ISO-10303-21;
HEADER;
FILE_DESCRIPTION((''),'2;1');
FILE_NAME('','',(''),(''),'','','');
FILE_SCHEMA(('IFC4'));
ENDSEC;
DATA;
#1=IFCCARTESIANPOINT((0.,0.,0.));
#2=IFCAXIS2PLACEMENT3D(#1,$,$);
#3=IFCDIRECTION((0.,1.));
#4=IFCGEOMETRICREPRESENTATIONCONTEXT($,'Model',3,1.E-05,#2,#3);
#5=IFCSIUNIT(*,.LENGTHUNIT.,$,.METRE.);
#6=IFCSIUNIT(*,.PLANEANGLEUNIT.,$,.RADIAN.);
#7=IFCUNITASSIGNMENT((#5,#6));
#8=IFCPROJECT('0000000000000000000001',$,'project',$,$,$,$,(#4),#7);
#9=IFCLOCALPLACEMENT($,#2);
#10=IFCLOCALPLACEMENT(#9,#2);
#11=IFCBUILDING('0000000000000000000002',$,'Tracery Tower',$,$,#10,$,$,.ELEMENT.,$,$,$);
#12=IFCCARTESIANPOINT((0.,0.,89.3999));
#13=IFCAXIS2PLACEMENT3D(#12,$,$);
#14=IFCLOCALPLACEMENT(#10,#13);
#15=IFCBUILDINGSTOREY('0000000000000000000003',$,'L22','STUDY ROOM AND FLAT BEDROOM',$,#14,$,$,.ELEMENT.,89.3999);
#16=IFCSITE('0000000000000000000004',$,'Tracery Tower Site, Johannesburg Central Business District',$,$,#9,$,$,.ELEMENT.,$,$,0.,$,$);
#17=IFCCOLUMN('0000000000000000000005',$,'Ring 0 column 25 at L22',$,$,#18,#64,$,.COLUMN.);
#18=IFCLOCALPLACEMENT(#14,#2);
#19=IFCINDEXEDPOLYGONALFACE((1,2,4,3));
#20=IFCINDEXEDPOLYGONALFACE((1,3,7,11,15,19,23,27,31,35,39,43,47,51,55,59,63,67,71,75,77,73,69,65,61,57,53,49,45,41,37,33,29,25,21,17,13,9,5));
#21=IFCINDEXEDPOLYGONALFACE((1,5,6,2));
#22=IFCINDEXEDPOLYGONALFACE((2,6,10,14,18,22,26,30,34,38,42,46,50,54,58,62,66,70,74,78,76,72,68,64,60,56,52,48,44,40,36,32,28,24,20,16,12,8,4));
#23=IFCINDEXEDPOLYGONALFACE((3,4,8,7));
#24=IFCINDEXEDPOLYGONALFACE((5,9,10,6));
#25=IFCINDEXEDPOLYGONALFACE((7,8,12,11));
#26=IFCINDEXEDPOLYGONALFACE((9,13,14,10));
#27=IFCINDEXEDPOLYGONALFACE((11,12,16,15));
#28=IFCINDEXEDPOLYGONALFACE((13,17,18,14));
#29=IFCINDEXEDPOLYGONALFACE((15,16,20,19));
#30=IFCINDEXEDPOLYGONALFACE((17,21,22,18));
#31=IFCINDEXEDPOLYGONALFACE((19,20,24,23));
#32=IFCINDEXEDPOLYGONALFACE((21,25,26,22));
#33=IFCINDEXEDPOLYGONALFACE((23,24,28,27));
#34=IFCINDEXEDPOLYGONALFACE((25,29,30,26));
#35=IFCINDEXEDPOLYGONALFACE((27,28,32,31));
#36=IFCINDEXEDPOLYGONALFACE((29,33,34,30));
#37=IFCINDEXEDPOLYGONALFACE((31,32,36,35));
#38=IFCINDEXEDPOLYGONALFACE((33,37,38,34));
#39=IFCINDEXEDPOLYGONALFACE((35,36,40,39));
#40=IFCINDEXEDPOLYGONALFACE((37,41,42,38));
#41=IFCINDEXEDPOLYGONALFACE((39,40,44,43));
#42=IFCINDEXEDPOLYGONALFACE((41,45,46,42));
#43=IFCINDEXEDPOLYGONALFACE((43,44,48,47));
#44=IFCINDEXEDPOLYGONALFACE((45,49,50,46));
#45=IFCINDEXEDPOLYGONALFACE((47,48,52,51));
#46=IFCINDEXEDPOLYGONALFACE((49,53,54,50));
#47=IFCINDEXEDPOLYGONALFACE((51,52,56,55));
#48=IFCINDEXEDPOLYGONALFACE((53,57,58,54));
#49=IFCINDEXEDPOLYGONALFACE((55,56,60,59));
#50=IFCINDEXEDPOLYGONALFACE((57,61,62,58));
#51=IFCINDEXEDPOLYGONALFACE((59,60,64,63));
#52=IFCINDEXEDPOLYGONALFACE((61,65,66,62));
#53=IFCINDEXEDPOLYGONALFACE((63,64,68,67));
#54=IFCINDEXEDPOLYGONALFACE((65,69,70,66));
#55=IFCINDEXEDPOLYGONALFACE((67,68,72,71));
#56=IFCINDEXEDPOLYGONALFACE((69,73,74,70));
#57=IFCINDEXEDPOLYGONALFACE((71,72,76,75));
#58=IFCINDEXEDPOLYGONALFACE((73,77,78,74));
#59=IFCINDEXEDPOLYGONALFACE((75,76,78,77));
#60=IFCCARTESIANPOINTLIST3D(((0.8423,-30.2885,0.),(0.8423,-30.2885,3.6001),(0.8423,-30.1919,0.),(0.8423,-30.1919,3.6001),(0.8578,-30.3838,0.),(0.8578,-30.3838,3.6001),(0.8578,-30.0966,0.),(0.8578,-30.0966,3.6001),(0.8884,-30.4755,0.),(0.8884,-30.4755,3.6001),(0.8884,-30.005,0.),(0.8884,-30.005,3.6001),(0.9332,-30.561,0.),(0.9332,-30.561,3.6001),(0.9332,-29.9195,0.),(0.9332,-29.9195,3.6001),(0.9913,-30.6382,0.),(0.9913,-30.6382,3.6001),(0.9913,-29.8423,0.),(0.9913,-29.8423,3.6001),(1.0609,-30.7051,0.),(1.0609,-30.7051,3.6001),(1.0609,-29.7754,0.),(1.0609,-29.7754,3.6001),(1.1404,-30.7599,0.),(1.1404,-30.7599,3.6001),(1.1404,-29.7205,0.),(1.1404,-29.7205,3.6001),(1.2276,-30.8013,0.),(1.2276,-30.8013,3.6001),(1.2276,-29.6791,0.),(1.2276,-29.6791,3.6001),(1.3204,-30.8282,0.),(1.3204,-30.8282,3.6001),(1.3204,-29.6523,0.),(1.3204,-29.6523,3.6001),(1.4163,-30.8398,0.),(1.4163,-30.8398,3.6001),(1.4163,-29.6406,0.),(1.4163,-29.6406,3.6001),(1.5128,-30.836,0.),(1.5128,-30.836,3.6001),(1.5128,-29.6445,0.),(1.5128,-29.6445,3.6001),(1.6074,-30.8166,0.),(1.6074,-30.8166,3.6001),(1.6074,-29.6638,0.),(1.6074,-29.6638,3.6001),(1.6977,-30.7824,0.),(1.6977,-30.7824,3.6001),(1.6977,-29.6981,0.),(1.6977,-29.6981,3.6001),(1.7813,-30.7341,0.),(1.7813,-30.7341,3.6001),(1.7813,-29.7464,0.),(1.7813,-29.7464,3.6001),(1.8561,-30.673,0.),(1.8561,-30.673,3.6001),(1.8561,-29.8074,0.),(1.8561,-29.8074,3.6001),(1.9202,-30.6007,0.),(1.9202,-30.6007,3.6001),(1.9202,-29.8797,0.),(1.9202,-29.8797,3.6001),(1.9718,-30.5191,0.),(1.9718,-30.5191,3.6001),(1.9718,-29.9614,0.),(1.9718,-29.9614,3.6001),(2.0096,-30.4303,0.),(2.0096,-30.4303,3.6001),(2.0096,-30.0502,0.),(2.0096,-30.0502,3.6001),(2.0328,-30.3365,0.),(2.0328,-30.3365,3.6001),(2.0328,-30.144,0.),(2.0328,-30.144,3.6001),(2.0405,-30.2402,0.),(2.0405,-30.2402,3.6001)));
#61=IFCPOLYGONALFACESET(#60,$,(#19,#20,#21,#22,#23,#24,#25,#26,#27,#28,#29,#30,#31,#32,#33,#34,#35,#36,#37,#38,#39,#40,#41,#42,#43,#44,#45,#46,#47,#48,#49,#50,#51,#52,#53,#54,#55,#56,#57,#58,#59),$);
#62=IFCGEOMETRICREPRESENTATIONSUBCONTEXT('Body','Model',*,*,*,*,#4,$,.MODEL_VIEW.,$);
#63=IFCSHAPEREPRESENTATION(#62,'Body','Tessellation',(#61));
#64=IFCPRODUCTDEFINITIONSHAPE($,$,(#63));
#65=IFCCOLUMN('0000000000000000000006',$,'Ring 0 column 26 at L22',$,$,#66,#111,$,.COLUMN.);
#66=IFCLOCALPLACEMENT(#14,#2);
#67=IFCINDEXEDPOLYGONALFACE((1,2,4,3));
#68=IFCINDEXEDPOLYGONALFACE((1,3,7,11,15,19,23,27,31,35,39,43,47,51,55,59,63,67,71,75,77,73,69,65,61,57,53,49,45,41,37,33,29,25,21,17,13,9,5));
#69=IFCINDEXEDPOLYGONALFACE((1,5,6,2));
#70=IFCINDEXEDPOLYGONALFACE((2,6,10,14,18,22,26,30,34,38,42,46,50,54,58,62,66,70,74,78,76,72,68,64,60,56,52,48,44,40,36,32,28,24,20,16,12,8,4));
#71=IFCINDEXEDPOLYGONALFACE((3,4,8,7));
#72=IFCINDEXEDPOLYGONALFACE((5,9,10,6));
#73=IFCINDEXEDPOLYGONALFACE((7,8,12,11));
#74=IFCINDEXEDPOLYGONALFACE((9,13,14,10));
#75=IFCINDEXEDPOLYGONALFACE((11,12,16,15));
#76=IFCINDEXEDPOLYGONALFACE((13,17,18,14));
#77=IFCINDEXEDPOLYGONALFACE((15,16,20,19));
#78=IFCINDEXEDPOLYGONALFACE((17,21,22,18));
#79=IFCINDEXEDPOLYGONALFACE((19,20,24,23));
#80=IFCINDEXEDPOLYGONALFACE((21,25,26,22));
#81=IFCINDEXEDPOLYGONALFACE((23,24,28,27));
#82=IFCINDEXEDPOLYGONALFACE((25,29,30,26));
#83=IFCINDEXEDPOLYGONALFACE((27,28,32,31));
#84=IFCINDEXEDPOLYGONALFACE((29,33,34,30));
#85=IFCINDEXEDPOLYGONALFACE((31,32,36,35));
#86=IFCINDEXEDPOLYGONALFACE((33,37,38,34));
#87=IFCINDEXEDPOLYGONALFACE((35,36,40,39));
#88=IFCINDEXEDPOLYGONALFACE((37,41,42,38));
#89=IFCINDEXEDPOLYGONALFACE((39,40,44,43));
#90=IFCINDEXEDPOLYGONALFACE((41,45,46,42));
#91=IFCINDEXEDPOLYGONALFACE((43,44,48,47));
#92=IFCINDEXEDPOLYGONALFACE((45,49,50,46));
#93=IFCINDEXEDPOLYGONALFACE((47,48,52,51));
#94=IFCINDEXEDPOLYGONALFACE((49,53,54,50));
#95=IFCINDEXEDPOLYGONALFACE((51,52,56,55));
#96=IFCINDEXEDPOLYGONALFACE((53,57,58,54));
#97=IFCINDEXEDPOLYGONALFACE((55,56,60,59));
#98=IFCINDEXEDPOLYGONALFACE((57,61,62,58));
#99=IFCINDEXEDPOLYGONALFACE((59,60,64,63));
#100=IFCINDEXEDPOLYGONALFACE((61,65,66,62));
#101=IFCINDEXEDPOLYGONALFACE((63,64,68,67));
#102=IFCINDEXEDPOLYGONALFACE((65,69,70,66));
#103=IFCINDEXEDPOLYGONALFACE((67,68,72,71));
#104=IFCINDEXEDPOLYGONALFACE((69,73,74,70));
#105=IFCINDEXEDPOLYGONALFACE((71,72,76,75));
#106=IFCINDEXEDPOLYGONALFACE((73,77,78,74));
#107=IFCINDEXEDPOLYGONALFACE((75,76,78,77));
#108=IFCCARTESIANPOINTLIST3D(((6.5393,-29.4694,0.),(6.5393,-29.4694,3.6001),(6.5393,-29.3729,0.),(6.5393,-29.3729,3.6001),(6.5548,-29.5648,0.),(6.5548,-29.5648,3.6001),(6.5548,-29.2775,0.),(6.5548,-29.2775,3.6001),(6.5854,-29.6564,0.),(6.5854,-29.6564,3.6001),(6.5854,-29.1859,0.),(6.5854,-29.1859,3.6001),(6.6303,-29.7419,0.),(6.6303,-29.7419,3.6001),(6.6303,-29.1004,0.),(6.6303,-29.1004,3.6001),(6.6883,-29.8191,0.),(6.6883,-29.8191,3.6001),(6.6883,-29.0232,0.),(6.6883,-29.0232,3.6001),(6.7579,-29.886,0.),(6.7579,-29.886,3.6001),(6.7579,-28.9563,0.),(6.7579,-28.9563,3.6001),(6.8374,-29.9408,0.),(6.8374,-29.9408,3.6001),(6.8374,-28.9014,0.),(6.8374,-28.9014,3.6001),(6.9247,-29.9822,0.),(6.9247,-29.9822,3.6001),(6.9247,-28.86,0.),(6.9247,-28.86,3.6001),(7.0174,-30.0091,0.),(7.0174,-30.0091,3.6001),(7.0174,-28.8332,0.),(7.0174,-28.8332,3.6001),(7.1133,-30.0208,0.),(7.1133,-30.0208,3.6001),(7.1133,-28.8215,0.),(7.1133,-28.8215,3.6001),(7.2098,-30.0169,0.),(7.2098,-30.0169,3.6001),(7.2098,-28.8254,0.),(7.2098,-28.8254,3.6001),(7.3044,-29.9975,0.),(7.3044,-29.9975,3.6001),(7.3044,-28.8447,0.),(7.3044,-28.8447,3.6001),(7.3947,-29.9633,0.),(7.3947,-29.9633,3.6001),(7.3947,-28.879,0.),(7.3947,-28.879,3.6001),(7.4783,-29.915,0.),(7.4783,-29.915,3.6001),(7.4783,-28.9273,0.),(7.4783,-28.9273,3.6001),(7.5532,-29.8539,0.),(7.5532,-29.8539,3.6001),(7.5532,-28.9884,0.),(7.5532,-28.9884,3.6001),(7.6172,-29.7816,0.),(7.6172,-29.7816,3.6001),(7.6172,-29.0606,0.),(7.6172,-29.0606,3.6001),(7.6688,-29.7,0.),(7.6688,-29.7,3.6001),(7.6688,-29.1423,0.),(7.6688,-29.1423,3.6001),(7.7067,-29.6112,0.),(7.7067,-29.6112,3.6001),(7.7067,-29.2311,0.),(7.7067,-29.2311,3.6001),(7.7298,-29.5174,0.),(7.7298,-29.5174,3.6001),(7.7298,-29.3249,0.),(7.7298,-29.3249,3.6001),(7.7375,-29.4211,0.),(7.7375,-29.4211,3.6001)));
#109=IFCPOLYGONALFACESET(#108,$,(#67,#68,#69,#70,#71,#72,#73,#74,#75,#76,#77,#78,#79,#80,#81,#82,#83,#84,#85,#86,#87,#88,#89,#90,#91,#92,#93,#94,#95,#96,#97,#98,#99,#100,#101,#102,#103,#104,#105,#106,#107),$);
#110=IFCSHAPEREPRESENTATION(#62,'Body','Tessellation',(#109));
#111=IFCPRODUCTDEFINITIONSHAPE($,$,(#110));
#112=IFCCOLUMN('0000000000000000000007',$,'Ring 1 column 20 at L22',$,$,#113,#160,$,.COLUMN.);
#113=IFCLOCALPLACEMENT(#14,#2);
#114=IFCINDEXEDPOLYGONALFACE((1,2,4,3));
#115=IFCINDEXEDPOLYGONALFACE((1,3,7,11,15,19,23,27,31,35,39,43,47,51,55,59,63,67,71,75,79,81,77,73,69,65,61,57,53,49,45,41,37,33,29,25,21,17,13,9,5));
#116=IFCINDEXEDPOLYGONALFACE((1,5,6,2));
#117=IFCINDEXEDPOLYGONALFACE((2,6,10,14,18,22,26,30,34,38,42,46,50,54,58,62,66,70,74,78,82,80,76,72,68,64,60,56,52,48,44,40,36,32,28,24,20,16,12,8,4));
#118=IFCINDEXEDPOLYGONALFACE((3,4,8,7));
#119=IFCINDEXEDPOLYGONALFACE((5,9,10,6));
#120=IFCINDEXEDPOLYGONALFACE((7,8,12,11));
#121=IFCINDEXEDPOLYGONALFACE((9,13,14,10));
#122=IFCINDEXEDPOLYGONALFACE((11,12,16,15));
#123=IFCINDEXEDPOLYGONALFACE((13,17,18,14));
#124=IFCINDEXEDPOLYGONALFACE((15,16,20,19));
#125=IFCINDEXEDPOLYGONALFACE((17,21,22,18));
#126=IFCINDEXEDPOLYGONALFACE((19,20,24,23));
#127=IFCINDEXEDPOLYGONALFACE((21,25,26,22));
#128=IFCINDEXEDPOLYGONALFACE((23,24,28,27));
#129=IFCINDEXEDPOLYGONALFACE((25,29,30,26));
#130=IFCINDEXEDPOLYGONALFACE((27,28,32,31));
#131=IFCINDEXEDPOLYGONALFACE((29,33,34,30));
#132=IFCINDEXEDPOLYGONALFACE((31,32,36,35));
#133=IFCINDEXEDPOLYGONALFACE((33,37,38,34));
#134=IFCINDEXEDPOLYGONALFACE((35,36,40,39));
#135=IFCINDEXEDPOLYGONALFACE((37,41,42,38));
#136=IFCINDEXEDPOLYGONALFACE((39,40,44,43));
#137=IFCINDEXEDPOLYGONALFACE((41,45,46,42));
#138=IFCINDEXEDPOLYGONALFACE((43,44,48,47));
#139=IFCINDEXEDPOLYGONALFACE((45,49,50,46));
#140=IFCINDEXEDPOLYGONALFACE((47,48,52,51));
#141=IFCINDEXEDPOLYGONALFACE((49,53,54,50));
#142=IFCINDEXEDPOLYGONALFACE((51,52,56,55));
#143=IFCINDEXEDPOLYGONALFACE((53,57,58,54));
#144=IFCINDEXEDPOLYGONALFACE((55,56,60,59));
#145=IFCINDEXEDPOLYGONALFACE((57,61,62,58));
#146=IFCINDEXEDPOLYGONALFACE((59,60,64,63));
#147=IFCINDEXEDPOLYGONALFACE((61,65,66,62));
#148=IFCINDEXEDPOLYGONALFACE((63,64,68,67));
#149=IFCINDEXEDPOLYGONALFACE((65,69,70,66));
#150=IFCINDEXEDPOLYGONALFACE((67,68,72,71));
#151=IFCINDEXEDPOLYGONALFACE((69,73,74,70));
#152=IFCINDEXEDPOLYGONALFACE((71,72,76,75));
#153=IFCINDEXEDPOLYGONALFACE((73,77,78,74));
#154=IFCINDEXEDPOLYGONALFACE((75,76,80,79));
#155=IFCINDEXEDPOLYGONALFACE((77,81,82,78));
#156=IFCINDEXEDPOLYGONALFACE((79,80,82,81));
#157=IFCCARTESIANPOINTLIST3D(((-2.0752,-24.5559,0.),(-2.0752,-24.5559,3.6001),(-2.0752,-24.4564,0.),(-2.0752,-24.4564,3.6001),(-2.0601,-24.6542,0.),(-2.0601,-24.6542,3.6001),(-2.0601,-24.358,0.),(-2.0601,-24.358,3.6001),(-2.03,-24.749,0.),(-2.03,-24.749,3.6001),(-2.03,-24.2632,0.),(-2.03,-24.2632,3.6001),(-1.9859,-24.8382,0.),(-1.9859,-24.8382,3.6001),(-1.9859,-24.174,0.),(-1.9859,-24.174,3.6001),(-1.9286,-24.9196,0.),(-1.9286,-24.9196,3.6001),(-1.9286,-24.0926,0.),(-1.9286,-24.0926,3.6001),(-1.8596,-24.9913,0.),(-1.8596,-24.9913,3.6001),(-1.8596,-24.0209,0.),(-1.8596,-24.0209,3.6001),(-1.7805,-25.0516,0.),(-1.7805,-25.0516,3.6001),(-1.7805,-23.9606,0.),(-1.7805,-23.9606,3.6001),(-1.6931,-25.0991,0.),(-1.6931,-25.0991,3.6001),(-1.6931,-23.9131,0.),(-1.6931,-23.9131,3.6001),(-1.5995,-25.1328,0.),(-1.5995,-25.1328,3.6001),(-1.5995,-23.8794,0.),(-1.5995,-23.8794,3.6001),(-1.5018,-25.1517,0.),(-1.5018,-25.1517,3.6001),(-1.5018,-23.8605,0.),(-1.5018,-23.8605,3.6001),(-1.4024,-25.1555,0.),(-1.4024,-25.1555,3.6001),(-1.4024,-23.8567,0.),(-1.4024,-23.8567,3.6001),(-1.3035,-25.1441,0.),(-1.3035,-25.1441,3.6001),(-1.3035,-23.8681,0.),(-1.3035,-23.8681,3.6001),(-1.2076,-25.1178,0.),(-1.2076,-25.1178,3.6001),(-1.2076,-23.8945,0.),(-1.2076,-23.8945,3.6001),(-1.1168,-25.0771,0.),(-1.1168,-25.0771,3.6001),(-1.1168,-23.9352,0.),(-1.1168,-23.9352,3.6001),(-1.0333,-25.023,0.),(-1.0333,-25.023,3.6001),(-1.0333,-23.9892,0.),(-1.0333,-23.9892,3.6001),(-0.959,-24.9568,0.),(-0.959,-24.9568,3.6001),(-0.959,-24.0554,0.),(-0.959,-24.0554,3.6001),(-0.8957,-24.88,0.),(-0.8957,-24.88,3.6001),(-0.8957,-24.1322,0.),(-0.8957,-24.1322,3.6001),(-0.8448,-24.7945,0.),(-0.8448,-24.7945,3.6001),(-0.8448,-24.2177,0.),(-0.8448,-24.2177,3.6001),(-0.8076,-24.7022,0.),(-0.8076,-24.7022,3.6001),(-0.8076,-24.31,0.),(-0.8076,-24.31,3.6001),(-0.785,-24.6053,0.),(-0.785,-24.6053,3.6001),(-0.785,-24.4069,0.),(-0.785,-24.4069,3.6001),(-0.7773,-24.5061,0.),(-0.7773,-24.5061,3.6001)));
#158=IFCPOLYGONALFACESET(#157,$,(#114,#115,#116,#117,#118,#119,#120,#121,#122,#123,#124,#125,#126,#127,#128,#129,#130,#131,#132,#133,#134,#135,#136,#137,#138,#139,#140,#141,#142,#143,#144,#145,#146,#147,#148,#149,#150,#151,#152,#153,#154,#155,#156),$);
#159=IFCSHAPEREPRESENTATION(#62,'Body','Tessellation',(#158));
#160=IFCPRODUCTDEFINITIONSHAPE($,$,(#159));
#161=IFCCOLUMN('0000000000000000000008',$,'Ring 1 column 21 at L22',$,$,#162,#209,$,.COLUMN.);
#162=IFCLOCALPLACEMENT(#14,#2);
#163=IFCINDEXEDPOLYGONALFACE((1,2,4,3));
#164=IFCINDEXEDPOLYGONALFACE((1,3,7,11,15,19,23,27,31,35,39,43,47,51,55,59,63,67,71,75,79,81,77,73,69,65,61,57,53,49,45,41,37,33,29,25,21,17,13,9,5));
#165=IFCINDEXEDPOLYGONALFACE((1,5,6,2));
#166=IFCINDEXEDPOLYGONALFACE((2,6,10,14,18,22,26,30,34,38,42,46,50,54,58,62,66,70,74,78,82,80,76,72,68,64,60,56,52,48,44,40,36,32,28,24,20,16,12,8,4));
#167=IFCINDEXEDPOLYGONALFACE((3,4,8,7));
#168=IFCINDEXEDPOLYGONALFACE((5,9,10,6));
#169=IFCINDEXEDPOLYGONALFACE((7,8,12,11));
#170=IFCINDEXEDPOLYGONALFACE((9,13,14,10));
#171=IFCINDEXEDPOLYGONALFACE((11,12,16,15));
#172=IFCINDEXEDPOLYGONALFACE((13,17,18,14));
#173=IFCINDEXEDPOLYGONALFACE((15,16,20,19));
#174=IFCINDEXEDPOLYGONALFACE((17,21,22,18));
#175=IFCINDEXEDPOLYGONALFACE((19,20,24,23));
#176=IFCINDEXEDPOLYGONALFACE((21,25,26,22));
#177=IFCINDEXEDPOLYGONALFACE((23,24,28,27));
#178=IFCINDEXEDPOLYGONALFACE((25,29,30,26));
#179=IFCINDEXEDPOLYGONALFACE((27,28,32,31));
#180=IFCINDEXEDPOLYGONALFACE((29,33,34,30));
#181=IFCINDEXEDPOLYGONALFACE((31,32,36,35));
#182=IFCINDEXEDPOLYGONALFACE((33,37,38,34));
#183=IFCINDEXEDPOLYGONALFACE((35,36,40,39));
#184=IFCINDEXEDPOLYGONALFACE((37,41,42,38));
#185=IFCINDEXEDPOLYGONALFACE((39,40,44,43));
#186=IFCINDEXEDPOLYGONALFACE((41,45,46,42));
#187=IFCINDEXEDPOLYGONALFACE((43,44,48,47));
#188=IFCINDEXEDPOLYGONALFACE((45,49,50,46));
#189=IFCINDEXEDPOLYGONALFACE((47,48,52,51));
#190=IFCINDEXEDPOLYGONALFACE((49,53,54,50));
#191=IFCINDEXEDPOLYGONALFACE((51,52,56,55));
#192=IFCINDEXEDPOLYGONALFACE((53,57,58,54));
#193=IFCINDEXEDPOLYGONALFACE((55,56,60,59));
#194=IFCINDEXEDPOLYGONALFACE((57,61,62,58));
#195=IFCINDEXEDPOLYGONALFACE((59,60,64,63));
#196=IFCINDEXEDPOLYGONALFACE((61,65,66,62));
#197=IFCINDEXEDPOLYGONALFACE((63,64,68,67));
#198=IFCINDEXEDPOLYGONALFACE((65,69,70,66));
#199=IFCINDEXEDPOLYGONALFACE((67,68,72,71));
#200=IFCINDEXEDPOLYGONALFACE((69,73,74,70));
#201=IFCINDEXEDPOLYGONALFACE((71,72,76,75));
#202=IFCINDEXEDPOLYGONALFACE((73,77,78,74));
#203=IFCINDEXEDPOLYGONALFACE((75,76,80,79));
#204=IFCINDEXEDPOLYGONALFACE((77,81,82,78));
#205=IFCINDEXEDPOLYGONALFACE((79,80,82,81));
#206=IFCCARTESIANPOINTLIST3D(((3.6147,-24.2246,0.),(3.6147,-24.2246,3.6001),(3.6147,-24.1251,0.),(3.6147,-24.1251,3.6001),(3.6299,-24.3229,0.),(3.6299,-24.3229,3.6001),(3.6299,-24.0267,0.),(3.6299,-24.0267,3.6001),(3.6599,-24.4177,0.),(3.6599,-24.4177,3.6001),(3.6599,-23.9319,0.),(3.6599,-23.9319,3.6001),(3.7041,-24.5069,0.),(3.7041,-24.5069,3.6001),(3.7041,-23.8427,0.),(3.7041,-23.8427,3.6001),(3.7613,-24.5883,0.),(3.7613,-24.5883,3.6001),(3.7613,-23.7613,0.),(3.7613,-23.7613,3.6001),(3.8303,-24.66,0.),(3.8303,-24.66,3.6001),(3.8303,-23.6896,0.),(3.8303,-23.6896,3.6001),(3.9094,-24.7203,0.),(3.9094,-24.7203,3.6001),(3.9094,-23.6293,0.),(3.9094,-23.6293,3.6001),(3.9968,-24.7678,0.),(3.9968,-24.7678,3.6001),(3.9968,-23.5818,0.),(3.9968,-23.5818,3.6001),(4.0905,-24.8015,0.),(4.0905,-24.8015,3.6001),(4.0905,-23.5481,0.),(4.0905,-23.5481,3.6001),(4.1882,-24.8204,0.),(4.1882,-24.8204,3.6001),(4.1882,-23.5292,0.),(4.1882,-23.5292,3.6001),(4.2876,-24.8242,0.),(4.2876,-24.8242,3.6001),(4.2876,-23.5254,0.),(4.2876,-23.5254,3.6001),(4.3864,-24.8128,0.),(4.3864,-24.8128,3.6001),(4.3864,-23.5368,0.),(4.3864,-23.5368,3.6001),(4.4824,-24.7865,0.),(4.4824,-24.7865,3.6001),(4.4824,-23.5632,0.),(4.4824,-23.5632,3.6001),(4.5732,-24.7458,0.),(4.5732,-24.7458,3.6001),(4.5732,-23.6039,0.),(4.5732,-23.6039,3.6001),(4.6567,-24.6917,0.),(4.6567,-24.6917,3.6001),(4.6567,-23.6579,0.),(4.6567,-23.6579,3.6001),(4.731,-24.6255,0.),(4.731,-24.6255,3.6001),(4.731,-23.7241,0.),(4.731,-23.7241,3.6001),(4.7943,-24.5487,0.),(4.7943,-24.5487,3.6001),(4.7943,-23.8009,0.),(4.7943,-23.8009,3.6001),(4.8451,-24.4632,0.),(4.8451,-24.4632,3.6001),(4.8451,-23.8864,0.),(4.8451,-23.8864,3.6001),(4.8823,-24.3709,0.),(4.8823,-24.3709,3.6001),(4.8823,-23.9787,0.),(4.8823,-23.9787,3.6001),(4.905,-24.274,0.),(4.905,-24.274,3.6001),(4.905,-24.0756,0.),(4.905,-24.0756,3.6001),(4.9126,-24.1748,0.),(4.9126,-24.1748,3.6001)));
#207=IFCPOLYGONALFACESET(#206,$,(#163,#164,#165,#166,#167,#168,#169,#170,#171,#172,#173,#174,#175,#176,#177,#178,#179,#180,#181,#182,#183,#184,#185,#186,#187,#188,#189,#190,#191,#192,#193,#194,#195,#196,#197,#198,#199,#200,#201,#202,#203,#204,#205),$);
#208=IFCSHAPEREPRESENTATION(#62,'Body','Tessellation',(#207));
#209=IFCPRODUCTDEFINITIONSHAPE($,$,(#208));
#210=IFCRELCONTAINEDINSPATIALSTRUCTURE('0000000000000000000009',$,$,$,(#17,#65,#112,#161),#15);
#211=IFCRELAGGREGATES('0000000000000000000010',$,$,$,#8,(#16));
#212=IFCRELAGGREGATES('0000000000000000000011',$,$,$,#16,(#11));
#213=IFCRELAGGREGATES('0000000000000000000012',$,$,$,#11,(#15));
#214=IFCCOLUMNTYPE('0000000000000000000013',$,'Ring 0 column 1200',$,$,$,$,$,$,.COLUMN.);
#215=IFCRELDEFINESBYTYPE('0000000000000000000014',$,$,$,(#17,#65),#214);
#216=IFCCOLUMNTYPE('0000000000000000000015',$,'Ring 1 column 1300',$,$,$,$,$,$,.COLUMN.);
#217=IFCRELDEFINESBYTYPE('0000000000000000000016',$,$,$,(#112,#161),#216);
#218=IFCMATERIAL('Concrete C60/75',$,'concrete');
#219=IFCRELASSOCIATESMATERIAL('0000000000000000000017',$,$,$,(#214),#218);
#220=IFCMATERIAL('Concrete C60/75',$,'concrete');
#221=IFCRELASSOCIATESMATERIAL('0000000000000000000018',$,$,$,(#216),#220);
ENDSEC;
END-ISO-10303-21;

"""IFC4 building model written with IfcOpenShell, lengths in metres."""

from ifc_helpers import new_model, si_unit, direction, frame, origin, origin_2d, place, context, subcontext, project, spatial, circle, extrude, material, material_profile, profile_set, type_object, element, save


model = new_model("IFC4")

# Units and contexts
model_context = context("Model", 3, precision=1e-05, world=origin(), true_north=direction((0.0, 1.0)))
body_context = subcontext(model_context, "Body", "Model", "MODEL_VIEW")
ifc_project = project(units=[si_unit("LENGTHUNIT", "METRE"), si_unit("PLANEANGLEUNIT", "RADIAN")], contexts=[model_context])

# Site, building, storey
site_placement = place(None, origin())
site = spatial("IfcSite", under=ifc_project, at=site_placement, Name="Tracery Tower Site, Johannesburg Central Business District", CompositionType="ELEMENT", RefElevation=0.0)
building_placement = place(site_placement, origin())
building = spatial("IfcBuilding", under=site, at=building_placement, Name="Tracery Tower", CompositionType="ELEMENT")
storey_placement = place(building_placement, frame((0.0, 0.0, 89.3999)))
storey = spatial("IfcBuildingStorey", under=building, at=storey_placement, Name="L22", Description="STUDY ROOM AND FLAT BEDROOM", CompositionType="ELEMENT", Elevation=89.3999)

# Columns
ifc_material_1 = material(Name="Concrete C60/75", Category="concrete")
ifc_material_profile_1 = material_profile(ifc_material_1, circle(Radius=0.6001, at=origin_2d()), Name="RC D1200")
ifc_profile_set_1 = profile_set([ifc_material_profile_1], Name="Concrete C60/75")
column_type_1 = type_object("IfcColumnType", Name="Ring 0 column 1200", PredefinedType="COLUMN", material=ifc_profile_set_1)
for number, where, z_axis, x_axis, name in (
    (1, (1.4404, -30.2402, 0.0), (0.0, 0.0, 1.0), (1.0, 0.0, 0.0), "Ring 0 column 25 at L22"),
    (2, (7.1375, -29.4211, 0.0), (0.0, 0.0, 1.0), (1.0, 0.0, 0.0), "Ring 0 column 26 at L22"),
):
    element("IfcColumn", number, at=place(storey_placement, frame(where, z_axis=z_axis, x_axis=x_axis)), inside=storey, type_object=column_type_1, Name=name, PredefinedType="COLUMN", context=body_context, shape_type="SweptSolid", body=[
        extrude(circle(Radius=0.6001, at=origin_2d()), origin(), (0.0, 0.0, 1.0), 3.6001),
    ])
ifc_material_2 = material(Name="Concrete C60/75", Category="concrete")
ifc_material_profile_2 = material_profile(ifc_material_2, circle(Radius=0.6499, at=origin_2d()), Name="RC D1300")
ifc_profile_set_2 = profile_set([ifc_material_profile_2], Name="Concrete C60/75")
column_type_2 = type_object("IfcColumnType", Name="Ring 1 column 1300", PredefinedType="COLUMN", material=ifc_profile_set_2)
for number, where, z_axis, x_axis, name in (
    (3, (-1.4272, -24.5061, 0.0), (0.0, 0.0, 1.0), (1.0, 0.0, 0.0), "Ring 1 column 20 at L22"),
    (4, (4.2627, -24.1748, 0.0), (0.0, 0.0, 1.0), (1.0, 0.0, 0.0), "Ring 1 column 21 at L22"),
):
    element("IfcColumn", number, at=place(storey_placement, frame(where, z_axis=z_axis, x_axis=x_axis)), inside=storey, type_object=column_type_2, Name=name, PredefinedType="COLUMN", context=body_context, shape_type="SweptSolid", body=[
        extrude(circle(Radius=0.6499, at=origin_2d()), origin(), (0.0, 0.0, 1.0), 3.6001),
    ])

save(model, "model.ifc")
